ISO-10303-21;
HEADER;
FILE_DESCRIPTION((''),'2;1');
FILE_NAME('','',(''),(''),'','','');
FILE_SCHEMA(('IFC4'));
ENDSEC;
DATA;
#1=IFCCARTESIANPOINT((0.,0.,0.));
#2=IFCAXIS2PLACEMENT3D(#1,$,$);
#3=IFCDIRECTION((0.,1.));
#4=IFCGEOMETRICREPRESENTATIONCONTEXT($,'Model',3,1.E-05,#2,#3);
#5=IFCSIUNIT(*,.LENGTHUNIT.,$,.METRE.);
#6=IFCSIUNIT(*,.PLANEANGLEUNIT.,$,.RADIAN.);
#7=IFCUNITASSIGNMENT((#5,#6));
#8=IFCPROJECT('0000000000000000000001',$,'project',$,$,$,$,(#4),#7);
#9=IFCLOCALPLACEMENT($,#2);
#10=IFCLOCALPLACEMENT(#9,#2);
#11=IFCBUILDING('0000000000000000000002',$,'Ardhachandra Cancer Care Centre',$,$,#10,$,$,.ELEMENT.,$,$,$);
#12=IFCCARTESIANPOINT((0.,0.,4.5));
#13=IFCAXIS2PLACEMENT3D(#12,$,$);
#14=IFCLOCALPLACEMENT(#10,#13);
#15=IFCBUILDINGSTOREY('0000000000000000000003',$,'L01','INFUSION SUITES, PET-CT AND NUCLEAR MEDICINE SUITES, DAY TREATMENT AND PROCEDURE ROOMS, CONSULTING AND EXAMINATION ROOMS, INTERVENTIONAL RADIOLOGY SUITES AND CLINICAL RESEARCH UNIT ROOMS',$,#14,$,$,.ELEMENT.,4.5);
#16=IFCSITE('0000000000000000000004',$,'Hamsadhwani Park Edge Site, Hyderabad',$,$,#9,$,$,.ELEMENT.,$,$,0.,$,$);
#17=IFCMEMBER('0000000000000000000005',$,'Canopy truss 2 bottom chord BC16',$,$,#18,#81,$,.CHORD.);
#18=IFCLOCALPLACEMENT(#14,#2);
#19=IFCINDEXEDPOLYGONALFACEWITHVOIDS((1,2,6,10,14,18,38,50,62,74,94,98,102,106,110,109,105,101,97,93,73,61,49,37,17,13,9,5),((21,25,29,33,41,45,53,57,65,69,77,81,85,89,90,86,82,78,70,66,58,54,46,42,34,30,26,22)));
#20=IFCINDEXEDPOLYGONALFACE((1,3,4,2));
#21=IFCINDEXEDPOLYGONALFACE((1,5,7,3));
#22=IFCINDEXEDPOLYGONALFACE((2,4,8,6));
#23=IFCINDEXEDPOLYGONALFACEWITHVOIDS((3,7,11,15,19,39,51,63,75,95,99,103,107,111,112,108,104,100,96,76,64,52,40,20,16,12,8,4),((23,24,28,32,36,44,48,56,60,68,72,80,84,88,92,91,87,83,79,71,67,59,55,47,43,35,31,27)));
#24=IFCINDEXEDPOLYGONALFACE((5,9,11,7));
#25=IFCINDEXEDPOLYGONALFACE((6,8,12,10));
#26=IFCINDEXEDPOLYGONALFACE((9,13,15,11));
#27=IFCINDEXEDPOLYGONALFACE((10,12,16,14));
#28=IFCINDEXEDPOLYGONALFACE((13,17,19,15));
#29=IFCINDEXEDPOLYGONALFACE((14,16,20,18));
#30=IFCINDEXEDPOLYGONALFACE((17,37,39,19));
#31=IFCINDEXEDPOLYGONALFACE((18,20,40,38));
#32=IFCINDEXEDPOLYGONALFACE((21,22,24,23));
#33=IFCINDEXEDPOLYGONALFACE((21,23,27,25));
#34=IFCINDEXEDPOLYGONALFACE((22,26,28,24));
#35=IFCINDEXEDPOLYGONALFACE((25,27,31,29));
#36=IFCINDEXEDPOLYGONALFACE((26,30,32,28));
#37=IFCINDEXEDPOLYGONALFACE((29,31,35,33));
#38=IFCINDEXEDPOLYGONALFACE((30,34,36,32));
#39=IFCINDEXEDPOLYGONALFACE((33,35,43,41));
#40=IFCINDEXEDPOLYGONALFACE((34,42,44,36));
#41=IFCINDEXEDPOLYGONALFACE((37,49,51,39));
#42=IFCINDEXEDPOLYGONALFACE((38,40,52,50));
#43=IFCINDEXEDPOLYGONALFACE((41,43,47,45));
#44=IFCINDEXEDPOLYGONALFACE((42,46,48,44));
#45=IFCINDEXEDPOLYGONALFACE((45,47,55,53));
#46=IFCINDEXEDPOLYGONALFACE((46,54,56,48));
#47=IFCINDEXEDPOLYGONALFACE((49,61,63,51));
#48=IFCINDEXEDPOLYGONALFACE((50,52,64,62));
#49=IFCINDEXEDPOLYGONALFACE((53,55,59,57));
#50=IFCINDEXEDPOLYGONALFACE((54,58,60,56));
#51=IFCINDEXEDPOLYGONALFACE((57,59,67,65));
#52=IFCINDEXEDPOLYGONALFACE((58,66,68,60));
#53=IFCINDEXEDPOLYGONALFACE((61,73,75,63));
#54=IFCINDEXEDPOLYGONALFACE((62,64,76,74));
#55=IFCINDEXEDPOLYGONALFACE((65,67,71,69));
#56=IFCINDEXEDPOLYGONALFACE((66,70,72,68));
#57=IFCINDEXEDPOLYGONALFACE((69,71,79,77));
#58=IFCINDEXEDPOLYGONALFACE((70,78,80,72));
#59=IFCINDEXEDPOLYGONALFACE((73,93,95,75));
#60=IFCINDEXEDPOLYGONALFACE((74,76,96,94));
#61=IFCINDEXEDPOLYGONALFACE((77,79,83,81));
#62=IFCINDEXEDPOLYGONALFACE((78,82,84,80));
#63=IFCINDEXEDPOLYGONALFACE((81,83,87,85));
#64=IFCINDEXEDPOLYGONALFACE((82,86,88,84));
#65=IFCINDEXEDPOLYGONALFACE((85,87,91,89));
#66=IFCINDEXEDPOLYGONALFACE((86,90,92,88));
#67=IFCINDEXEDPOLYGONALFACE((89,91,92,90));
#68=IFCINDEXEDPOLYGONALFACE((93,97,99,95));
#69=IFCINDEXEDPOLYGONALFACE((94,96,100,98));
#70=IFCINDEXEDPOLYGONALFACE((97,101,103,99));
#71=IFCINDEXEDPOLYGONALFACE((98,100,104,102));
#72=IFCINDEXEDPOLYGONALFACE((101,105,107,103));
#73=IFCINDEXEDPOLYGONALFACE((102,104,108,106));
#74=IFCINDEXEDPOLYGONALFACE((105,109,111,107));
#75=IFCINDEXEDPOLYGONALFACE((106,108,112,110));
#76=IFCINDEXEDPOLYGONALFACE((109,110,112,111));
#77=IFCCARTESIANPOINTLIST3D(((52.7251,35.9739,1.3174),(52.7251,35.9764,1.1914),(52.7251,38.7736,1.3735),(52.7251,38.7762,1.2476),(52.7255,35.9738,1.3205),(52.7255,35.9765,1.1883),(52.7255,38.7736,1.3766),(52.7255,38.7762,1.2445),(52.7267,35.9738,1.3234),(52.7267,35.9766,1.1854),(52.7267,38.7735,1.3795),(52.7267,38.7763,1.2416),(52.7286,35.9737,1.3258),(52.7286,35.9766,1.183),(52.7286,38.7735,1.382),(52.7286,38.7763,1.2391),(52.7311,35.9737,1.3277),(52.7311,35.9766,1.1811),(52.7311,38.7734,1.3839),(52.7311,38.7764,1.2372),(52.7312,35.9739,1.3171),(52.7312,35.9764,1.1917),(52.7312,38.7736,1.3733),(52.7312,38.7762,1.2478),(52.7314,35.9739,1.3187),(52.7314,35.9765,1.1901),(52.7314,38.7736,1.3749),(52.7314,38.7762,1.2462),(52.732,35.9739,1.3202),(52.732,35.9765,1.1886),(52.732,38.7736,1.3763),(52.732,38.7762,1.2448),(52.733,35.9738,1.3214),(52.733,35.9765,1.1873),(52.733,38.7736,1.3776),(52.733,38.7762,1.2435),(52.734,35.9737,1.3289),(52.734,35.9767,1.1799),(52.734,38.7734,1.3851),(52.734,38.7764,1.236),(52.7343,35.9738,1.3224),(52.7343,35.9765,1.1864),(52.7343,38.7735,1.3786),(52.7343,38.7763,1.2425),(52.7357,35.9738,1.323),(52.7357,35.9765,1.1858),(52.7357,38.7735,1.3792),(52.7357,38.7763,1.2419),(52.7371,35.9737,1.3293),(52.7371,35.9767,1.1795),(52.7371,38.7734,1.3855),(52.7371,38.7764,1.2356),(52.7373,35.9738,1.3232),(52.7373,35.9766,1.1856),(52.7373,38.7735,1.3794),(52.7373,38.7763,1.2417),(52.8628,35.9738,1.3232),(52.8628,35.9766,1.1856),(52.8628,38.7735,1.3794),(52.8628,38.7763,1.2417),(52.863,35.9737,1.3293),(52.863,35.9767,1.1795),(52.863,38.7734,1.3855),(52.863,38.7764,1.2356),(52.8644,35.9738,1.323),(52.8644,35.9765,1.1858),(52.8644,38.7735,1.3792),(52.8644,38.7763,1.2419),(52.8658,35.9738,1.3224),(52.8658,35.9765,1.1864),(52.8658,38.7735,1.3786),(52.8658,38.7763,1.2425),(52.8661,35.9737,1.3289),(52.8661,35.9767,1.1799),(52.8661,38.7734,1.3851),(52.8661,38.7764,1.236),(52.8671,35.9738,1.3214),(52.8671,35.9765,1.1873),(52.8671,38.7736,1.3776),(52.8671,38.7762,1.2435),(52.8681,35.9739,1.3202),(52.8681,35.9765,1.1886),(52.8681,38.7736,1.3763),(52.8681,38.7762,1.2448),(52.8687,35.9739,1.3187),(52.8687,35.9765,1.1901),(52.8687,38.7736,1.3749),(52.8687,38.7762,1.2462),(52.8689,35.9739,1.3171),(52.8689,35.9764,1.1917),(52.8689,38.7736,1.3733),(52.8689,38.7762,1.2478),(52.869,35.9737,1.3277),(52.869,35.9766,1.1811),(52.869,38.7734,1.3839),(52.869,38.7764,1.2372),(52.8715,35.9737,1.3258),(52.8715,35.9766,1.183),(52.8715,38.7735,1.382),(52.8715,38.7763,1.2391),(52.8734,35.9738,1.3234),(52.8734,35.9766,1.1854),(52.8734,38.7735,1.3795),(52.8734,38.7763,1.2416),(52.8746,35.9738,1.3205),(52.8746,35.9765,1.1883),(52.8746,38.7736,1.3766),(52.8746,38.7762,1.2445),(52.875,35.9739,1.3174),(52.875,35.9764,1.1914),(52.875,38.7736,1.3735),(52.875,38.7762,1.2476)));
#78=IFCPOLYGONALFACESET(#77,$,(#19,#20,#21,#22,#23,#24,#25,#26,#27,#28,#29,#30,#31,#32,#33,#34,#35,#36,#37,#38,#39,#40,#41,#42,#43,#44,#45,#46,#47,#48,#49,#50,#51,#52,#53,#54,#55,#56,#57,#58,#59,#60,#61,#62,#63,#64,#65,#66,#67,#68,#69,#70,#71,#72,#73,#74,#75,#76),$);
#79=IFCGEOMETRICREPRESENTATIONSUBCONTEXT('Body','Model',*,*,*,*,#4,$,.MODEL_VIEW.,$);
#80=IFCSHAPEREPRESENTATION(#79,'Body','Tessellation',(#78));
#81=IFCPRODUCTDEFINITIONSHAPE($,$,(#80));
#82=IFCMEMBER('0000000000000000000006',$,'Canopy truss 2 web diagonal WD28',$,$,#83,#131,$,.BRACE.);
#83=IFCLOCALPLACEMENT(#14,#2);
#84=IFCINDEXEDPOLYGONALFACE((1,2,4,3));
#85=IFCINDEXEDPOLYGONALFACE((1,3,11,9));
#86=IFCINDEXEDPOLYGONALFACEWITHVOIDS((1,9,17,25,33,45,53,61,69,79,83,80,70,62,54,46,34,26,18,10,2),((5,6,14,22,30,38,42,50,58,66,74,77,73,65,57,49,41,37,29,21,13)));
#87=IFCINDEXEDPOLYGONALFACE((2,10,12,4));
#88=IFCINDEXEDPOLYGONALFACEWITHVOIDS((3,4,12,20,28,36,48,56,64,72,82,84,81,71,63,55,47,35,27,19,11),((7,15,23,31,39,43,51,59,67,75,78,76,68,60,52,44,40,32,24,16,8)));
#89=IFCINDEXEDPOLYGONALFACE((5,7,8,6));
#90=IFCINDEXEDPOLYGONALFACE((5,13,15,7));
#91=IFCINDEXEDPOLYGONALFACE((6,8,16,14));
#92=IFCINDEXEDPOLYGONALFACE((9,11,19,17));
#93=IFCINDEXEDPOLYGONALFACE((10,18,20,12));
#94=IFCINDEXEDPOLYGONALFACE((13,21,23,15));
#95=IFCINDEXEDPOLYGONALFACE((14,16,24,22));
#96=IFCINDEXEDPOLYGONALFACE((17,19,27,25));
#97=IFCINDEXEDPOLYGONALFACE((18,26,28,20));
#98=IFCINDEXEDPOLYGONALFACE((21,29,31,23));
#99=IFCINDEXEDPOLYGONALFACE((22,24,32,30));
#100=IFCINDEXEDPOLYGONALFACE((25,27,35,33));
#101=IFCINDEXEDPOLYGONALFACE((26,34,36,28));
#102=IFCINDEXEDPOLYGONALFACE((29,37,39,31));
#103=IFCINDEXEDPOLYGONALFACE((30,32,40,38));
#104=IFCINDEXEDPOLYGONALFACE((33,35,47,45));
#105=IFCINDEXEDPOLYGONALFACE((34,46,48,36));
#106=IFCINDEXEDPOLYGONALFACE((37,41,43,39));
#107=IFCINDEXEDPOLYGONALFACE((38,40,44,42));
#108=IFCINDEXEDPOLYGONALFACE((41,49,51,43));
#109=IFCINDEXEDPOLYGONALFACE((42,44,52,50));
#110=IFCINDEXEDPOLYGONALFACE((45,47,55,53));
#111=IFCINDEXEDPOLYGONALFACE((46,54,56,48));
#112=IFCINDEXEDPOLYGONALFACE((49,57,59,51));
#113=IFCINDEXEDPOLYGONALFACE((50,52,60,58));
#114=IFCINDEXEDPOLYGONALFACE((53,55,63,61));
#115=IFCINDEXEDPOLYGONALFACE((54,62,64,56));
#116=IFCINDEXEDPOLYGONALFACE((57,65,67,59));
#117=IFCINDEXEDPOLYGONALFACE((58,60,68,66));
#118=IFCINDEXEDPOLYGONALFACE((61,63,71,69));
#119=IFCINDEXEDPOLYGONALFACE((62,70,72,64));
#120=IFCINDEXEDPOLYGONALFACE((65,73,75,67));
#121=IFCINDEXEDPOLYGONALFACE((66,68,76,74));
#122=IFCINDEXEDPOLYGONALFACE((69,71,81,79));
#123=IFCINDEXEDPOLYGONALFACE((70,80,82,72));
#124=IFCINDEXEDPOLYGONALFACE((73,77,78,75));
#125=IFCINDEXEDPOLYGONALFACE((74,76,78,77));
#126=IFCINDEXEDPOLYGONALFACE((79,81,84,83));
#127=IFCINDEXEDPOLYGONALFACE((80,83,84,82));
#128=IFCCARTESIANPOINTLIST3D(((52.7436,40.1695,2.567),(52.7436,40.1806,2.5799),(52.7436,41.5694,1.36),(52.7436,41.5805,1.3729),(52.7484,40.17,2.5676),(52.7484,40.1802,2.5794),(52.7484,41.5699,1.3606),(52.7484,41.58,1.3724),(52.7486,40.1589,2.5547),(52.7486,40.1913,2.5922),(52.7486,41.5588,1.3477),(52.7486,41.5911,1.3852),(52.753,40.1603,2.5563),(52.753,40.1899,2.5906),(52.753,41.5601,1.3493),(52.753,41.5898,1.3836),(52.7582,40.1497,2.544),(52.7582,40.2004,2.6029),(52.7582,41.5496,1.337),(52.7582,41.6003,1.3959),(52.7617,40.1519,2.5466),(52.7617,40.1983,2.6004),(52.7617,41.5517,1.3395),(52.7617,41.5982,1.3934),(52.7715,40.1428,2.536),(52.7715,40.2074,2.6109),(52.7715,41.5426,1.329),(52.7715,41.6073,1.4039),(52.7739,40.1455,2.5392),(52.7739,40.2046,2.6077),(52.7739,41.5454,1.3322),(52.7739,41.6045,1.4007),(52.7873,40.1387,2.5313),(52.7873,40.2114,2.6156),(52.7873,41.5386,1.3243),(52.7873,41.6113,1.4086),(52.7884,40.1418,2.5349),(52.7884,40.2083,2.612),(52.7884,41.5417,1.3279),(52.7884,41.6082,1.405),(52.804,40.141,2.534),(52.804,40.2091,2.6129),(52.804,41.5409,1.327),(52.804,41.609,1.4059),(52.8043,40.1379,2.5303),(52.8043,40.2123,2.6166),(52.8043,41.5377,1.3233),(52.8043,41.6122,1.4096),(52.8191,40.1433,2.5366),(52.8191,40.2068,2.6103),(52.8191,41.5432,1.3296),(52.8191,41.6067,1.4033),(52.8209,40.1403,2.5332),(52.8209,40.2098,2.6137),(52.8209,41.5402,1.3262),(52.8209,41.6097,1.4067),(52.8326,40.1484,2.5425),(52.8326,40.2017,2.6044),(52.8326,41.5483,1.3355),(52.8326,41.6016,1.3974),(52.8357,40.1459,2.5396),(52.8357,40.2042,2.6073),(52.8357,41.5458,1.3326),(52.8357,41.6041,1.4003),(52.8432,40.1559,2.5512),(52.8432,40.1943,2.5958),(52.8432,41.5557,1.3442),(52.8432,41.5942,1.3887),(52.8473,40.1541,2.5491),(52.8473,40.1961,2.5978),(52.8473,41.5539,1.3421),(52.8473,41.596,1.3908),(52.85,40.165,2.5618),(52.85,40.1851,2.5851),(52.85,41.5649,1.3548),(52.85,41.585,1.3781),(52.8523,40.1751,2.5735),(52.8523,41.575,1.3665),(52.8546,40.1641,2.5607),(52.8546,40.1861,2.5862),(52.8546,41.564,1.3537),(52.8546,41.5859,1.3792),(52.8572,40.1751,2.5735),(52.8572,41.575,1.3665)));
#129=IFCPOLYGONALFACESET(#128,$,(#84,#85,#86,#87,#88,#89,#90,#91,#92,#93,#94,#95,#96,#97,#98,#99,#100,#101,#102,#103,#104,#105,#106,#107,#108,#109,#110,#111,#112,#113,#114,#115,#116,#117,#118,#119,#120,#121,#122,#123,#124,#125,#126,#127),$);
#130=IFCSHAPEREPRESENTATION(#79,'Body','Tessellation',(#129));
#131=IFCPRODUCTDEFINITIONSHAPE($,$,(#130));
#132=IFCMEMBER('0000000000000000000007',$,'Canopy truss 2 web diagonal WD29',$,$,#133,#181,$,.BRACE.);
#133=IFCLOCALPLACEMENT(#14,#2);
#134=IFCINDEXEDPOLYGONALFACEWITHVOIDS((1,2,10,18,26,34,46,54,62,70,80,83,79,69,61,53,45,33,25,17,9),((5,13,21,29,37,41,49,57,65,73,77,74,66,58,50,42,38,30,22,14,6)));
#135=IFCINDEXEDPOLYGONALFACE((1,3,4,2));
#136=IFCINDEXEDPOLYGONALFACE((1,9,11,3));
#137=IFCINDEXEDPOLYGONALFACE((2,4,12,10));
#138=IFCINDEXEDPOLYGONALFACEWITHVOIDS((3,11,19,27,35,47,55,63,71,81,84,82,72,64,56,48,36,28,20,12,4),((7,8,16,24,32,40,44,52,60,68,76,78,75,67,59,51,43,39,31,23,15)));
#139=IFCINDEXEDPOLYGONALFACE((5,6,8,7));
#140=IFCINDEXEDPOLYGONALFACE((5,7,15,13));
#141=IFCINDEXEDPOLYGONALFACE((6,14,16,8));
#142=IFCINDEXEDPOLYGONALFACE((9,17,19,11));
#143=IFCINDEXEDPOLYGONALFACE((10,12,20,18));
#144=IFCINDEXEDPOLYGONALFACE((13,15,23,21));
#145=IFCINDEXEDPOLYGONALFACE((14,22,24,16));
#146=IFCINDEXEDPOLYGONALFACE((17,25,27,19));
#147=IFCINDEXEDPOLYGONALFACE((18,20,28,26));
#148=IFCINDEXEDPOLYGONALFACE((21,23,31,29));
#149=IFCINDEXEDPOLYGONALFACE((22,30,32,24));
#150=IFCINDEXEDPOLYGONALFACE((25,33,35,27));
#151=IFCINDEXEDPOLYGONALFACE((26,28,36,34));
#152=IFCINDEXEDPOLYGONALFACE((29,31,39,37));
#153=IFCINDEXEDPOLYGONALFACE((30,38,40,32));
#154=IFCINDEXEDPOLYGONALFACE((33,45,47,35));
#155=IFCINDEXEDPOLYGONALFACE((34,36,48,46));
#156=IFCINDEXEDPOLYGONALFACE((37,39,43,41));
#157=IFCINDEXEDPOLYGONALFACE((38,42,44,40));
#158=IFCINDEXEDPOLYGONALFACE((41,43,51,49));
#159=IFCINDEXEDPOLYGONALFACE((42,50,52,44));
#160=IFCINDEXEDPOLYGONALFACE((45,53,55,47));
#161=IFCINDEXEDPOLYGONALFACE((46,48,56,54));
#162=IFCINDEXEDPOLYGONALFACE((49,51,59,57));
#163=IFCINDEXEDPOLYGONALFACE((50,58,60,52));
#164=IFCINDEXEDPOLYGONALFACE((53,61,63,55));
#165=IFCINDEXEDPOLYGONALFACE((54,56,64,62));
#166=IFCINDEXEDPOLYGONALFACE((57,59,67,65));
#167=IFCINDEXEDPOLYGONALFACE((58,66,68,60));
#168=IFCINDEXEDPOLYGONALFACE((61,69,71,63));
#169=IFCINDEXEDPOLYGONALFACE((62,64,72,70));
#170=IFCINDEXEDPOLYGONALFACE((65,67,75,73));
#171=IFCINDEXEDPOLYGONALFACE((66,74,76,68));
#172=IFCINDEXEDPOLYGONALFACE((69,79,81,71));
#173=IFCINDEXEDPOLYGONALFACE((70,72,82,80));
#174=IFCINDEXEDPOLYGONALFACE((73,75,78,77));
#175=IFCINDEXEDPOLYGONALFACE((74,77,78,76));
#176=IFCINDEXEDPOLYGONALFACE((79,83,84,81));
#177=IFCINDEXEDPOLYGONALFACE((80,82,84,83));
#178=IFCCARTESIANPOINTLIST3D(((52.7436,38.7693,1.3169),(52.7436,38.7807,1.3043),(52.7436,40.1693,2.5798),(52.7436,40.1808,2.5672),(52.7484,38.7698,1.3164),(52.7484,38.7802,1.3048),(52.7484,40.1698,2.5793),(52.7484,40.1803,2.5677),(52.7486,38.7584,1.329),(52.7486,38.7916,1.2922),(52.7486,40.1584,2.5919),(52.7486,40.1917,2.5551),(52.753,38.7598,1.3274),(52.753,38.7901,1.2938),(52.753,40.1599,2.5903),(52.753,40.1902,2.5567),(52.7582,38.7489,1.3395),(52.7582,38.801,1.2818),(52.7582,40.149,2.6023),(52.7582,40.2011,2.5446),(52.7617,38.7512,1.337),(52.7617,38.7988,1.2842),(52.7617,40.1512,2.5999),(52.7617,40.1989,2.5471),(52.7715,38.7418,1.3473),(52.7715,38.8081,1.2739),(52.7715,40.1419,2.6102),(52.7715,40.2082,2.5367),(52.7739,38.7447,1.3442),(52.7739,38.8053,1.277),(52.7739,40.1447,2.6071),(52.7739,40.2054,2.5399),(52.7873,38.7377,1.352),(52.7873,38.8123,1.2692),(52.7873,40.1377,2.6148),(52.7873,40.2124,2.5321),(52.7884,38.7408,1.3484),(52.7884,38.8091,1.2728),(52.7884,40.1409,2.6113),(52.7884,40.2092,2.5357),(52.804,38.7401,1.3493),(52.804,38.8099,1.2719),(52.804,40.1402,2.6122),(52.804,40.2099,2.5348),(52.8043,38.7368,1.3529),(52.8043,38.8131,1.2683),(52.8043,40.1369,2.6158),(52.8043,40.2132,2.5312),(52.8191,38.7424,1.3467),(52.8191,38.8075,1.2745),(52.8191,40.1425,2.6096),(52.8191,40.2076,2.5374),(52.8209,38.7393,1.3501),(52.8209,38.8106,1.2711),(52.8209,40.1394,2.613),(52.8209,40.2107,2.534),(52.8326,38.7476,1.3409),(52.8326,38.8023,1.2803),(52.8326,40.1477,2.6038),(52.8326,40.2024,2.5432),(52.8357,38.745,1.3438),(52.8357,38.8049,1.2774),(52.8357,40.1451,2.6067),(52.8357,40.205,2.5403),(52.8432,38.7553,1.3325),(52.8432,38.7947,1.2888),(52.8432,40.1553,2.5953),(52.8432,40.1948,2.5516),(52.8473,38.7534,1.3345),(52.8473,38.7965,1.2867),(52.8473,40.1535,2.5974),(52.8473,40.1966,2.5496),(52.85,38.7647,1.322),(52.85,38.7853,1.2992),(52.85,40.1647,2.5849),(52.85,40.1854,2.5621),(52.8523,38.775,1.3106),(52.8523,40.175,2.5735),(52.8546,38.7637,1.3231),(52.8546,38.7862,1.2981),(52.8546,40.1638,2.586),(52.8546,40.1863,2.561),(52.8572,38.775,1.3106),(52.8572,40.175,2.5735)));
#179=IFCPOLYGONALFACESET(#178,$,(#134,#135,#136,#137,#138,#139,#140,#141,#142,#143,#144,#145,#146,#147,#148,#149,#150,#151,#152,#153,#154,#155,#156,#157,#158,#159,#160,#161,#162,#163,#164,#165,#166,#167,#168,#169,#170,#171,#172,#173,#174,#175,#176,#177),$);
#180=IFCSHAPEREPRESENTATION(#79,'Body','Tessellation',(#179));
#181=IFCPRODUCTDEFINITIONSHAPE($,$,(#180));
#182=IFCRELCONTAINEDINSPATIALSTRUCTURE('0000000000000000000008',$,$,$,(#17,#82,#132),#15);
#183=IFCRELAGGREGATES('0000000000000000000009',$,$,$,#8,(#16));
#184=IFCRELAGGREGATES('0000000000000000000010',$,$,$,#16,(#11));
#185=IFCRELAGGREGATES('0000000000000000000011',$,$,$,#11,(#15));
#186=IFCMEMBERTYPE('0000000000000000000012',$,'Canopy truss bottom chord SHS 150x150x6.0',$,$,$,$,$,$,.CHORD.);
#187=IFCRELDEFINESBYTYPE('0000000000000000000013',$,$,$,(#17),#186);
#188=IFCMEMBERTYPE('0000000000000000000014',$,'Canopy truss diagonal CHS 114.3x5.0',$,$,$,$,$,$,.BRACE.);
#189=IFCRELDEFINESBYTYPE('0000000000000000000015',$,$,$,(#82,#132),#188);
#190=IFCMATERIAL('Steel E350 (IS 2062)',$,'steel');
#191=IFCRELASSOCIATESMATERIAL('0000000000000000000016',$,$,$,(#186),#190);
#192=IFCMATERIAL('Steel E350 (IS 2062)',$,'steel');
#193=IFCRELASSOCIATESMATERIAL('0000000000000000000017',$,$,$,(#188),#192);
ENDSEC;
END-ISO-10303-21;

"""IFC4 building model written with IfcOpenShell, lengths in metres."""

from ifc_helpers import new_model, si_unit, direction, frame, origin, origin_2d, place, context, subcontext, project, spatial, hollow_rectangle, hollow_circle, extrude, material, material_profile, profile_set, type_object, element, save


model = new_model("IFC4")

# Units and contexts
model_context = context("Model", 3, precision=1e-05, world=origin(), true_north=direction((0.0, 1.0)))
body_context = subcontext(model_context, "Body", "Model", "MODEL_VIEW")
ifc_project = project(units=[si_unit("LENGTHUNIT", "METRE"), si_unit("PLANEANGLEUNIT", "RADIAN")], contexts=[model_context])

# Site, building, storey
site_placement = place(None, origin())
site = spatial("IfcSite", under=ifc_project, at=site_placement, Name="Hamsadhwani Park Edge Site, Hyderabad", CompositionType="ELEMENT", RefElevation=0.0)
building_placement = place(site_placement, origin())
building = spatial("IfcBuilding", under=site, at=building_placement, Name="Ardhachandra Cancer Care Centre", CompositionType="ELEMENT")
storey_placement = place(building_placement, frame((0.0, 0.0, 4.5)))
storey = spatial("IfcBuildingStorey", under=building, at=storey_placement, Name="L01", Description="INFUSION SUITES, PET-CT AND NUCLEAR MEDICINE SUITES, DAY TREATMENT AND PROCEDURE ROOMS, CONSULTING AND EXAMINATION ROOMS, INTERVENTIONAL RADIOLOGY SUITES AND CLINICAL RESEARCH UNIT ROOMS", CompositionType="ELEMENT", Elevation=4.5)

# Members
ifc_material_1 = material(Name="Steel E350 (IS 2062)", Category="steel")
ifc_material_profile_1 = material_profile(ifc_material_1, hollow_rectangle(XDim=0.1499, YDim=0.1499, WallThickness=0.0061, InnerFilletRadius=0.0061, OuterFilletRadius=0.012, at=origin_2d()), Name="SHS 150x150x6.0")
ifc_profile_set_1 = profile_set([ifc_material_profile_1], Name="Steel E350 (IS 2062)")
member_type_1 = type_object("IfcMemberType", Name="Canopy truss bottom chord SHS 150x150x6.0", PredefinedType="CHORD", material=ifc_profile_set_1)
member_1_placement = place(storey_placement, frame((52.8, 38.7749, 1.3105), z_axis=(0.0, -0.999799, -0.020052), x_axis=(1.0, 0.0, 0.0)))
element("IfcMember", 1, at=member_1_placement, inside=storey, type_object=member_type_1, Name="Canopy truss 2 bottom chord BC16", PredefinedType="CHORD", context=body_context, shape_type="SweptSolid", body=[
    extrude(hollow_rectangle(XDim=0.1499, YDim=0.1499, WallThickness=0.0061, InnerFilletRadius=0.0061, OuterFilletRadius=0.012, at=origin_2d()), origin(), (0.0, 0.0, 1.0), 2.8003),
])
ifc_material_2 = material(Name="Steel E350 (IS 2062)", Category="steel")
ifc_material_profile_2 = material_profile(ifc_material_2, hollow_circle(Radius=0.0571, WallThickness=0.0049, at=origin_2d()), Name="CHS 114.3x5.0")
ifc_profile_set_2 = profile_set([ifc_material_profile_2], Name="Steel E350 (IS 2062)")
member_type_2 = type_object("IfcMemberType", Name="Canopy truss diagonal CHS 114.3x5.0", PredefinedType="BRACE", material=ifc_profile_set_2)
member_2_placement = place(storey_placement, frame((52.8, 41.575, 1.3665), z_axis=(0.0, -0.757351, 0.653008), x_axis=(1.0, 0.0, 0.0)))
element("IfcMember", 2, at=member_2_placement, inside=storey, type_object=member_type_2, Name="Canopy truss 2 web diagonal WD28", PredefinedType="BRACE", context=body_context, shape_type="SweptSolid", body=[
    extrude(hollow_circle(Radius=0.0571, WallThickness=0.0049, at=origin_2d()), origin(), (0.0, 0.0, 1.0), 1.8484),
])
member_3_placement = place(storey_placement, frame((52.8, 40.175, 2.5735), z_axis=(0.0, -0.742553, -0.669787), x_axis=(1.0, 0.0, 0.0)))
element("IfcMember", 3, at=member_3_placement, inside=storey, type_object=member_type_2, Name="Canopy truss 2 web diagonal WD29", PredefinedType="BRACE", context=body_context, shape_type="SweptSolid", body=[
    extrude(hollow_circle(Radius=0.0571, WallThickness=0.0049, at=origin_2d()), origin(), (0.0, 0.0, 1.0), 1.8855),
])

save(model, "model.ifc")
